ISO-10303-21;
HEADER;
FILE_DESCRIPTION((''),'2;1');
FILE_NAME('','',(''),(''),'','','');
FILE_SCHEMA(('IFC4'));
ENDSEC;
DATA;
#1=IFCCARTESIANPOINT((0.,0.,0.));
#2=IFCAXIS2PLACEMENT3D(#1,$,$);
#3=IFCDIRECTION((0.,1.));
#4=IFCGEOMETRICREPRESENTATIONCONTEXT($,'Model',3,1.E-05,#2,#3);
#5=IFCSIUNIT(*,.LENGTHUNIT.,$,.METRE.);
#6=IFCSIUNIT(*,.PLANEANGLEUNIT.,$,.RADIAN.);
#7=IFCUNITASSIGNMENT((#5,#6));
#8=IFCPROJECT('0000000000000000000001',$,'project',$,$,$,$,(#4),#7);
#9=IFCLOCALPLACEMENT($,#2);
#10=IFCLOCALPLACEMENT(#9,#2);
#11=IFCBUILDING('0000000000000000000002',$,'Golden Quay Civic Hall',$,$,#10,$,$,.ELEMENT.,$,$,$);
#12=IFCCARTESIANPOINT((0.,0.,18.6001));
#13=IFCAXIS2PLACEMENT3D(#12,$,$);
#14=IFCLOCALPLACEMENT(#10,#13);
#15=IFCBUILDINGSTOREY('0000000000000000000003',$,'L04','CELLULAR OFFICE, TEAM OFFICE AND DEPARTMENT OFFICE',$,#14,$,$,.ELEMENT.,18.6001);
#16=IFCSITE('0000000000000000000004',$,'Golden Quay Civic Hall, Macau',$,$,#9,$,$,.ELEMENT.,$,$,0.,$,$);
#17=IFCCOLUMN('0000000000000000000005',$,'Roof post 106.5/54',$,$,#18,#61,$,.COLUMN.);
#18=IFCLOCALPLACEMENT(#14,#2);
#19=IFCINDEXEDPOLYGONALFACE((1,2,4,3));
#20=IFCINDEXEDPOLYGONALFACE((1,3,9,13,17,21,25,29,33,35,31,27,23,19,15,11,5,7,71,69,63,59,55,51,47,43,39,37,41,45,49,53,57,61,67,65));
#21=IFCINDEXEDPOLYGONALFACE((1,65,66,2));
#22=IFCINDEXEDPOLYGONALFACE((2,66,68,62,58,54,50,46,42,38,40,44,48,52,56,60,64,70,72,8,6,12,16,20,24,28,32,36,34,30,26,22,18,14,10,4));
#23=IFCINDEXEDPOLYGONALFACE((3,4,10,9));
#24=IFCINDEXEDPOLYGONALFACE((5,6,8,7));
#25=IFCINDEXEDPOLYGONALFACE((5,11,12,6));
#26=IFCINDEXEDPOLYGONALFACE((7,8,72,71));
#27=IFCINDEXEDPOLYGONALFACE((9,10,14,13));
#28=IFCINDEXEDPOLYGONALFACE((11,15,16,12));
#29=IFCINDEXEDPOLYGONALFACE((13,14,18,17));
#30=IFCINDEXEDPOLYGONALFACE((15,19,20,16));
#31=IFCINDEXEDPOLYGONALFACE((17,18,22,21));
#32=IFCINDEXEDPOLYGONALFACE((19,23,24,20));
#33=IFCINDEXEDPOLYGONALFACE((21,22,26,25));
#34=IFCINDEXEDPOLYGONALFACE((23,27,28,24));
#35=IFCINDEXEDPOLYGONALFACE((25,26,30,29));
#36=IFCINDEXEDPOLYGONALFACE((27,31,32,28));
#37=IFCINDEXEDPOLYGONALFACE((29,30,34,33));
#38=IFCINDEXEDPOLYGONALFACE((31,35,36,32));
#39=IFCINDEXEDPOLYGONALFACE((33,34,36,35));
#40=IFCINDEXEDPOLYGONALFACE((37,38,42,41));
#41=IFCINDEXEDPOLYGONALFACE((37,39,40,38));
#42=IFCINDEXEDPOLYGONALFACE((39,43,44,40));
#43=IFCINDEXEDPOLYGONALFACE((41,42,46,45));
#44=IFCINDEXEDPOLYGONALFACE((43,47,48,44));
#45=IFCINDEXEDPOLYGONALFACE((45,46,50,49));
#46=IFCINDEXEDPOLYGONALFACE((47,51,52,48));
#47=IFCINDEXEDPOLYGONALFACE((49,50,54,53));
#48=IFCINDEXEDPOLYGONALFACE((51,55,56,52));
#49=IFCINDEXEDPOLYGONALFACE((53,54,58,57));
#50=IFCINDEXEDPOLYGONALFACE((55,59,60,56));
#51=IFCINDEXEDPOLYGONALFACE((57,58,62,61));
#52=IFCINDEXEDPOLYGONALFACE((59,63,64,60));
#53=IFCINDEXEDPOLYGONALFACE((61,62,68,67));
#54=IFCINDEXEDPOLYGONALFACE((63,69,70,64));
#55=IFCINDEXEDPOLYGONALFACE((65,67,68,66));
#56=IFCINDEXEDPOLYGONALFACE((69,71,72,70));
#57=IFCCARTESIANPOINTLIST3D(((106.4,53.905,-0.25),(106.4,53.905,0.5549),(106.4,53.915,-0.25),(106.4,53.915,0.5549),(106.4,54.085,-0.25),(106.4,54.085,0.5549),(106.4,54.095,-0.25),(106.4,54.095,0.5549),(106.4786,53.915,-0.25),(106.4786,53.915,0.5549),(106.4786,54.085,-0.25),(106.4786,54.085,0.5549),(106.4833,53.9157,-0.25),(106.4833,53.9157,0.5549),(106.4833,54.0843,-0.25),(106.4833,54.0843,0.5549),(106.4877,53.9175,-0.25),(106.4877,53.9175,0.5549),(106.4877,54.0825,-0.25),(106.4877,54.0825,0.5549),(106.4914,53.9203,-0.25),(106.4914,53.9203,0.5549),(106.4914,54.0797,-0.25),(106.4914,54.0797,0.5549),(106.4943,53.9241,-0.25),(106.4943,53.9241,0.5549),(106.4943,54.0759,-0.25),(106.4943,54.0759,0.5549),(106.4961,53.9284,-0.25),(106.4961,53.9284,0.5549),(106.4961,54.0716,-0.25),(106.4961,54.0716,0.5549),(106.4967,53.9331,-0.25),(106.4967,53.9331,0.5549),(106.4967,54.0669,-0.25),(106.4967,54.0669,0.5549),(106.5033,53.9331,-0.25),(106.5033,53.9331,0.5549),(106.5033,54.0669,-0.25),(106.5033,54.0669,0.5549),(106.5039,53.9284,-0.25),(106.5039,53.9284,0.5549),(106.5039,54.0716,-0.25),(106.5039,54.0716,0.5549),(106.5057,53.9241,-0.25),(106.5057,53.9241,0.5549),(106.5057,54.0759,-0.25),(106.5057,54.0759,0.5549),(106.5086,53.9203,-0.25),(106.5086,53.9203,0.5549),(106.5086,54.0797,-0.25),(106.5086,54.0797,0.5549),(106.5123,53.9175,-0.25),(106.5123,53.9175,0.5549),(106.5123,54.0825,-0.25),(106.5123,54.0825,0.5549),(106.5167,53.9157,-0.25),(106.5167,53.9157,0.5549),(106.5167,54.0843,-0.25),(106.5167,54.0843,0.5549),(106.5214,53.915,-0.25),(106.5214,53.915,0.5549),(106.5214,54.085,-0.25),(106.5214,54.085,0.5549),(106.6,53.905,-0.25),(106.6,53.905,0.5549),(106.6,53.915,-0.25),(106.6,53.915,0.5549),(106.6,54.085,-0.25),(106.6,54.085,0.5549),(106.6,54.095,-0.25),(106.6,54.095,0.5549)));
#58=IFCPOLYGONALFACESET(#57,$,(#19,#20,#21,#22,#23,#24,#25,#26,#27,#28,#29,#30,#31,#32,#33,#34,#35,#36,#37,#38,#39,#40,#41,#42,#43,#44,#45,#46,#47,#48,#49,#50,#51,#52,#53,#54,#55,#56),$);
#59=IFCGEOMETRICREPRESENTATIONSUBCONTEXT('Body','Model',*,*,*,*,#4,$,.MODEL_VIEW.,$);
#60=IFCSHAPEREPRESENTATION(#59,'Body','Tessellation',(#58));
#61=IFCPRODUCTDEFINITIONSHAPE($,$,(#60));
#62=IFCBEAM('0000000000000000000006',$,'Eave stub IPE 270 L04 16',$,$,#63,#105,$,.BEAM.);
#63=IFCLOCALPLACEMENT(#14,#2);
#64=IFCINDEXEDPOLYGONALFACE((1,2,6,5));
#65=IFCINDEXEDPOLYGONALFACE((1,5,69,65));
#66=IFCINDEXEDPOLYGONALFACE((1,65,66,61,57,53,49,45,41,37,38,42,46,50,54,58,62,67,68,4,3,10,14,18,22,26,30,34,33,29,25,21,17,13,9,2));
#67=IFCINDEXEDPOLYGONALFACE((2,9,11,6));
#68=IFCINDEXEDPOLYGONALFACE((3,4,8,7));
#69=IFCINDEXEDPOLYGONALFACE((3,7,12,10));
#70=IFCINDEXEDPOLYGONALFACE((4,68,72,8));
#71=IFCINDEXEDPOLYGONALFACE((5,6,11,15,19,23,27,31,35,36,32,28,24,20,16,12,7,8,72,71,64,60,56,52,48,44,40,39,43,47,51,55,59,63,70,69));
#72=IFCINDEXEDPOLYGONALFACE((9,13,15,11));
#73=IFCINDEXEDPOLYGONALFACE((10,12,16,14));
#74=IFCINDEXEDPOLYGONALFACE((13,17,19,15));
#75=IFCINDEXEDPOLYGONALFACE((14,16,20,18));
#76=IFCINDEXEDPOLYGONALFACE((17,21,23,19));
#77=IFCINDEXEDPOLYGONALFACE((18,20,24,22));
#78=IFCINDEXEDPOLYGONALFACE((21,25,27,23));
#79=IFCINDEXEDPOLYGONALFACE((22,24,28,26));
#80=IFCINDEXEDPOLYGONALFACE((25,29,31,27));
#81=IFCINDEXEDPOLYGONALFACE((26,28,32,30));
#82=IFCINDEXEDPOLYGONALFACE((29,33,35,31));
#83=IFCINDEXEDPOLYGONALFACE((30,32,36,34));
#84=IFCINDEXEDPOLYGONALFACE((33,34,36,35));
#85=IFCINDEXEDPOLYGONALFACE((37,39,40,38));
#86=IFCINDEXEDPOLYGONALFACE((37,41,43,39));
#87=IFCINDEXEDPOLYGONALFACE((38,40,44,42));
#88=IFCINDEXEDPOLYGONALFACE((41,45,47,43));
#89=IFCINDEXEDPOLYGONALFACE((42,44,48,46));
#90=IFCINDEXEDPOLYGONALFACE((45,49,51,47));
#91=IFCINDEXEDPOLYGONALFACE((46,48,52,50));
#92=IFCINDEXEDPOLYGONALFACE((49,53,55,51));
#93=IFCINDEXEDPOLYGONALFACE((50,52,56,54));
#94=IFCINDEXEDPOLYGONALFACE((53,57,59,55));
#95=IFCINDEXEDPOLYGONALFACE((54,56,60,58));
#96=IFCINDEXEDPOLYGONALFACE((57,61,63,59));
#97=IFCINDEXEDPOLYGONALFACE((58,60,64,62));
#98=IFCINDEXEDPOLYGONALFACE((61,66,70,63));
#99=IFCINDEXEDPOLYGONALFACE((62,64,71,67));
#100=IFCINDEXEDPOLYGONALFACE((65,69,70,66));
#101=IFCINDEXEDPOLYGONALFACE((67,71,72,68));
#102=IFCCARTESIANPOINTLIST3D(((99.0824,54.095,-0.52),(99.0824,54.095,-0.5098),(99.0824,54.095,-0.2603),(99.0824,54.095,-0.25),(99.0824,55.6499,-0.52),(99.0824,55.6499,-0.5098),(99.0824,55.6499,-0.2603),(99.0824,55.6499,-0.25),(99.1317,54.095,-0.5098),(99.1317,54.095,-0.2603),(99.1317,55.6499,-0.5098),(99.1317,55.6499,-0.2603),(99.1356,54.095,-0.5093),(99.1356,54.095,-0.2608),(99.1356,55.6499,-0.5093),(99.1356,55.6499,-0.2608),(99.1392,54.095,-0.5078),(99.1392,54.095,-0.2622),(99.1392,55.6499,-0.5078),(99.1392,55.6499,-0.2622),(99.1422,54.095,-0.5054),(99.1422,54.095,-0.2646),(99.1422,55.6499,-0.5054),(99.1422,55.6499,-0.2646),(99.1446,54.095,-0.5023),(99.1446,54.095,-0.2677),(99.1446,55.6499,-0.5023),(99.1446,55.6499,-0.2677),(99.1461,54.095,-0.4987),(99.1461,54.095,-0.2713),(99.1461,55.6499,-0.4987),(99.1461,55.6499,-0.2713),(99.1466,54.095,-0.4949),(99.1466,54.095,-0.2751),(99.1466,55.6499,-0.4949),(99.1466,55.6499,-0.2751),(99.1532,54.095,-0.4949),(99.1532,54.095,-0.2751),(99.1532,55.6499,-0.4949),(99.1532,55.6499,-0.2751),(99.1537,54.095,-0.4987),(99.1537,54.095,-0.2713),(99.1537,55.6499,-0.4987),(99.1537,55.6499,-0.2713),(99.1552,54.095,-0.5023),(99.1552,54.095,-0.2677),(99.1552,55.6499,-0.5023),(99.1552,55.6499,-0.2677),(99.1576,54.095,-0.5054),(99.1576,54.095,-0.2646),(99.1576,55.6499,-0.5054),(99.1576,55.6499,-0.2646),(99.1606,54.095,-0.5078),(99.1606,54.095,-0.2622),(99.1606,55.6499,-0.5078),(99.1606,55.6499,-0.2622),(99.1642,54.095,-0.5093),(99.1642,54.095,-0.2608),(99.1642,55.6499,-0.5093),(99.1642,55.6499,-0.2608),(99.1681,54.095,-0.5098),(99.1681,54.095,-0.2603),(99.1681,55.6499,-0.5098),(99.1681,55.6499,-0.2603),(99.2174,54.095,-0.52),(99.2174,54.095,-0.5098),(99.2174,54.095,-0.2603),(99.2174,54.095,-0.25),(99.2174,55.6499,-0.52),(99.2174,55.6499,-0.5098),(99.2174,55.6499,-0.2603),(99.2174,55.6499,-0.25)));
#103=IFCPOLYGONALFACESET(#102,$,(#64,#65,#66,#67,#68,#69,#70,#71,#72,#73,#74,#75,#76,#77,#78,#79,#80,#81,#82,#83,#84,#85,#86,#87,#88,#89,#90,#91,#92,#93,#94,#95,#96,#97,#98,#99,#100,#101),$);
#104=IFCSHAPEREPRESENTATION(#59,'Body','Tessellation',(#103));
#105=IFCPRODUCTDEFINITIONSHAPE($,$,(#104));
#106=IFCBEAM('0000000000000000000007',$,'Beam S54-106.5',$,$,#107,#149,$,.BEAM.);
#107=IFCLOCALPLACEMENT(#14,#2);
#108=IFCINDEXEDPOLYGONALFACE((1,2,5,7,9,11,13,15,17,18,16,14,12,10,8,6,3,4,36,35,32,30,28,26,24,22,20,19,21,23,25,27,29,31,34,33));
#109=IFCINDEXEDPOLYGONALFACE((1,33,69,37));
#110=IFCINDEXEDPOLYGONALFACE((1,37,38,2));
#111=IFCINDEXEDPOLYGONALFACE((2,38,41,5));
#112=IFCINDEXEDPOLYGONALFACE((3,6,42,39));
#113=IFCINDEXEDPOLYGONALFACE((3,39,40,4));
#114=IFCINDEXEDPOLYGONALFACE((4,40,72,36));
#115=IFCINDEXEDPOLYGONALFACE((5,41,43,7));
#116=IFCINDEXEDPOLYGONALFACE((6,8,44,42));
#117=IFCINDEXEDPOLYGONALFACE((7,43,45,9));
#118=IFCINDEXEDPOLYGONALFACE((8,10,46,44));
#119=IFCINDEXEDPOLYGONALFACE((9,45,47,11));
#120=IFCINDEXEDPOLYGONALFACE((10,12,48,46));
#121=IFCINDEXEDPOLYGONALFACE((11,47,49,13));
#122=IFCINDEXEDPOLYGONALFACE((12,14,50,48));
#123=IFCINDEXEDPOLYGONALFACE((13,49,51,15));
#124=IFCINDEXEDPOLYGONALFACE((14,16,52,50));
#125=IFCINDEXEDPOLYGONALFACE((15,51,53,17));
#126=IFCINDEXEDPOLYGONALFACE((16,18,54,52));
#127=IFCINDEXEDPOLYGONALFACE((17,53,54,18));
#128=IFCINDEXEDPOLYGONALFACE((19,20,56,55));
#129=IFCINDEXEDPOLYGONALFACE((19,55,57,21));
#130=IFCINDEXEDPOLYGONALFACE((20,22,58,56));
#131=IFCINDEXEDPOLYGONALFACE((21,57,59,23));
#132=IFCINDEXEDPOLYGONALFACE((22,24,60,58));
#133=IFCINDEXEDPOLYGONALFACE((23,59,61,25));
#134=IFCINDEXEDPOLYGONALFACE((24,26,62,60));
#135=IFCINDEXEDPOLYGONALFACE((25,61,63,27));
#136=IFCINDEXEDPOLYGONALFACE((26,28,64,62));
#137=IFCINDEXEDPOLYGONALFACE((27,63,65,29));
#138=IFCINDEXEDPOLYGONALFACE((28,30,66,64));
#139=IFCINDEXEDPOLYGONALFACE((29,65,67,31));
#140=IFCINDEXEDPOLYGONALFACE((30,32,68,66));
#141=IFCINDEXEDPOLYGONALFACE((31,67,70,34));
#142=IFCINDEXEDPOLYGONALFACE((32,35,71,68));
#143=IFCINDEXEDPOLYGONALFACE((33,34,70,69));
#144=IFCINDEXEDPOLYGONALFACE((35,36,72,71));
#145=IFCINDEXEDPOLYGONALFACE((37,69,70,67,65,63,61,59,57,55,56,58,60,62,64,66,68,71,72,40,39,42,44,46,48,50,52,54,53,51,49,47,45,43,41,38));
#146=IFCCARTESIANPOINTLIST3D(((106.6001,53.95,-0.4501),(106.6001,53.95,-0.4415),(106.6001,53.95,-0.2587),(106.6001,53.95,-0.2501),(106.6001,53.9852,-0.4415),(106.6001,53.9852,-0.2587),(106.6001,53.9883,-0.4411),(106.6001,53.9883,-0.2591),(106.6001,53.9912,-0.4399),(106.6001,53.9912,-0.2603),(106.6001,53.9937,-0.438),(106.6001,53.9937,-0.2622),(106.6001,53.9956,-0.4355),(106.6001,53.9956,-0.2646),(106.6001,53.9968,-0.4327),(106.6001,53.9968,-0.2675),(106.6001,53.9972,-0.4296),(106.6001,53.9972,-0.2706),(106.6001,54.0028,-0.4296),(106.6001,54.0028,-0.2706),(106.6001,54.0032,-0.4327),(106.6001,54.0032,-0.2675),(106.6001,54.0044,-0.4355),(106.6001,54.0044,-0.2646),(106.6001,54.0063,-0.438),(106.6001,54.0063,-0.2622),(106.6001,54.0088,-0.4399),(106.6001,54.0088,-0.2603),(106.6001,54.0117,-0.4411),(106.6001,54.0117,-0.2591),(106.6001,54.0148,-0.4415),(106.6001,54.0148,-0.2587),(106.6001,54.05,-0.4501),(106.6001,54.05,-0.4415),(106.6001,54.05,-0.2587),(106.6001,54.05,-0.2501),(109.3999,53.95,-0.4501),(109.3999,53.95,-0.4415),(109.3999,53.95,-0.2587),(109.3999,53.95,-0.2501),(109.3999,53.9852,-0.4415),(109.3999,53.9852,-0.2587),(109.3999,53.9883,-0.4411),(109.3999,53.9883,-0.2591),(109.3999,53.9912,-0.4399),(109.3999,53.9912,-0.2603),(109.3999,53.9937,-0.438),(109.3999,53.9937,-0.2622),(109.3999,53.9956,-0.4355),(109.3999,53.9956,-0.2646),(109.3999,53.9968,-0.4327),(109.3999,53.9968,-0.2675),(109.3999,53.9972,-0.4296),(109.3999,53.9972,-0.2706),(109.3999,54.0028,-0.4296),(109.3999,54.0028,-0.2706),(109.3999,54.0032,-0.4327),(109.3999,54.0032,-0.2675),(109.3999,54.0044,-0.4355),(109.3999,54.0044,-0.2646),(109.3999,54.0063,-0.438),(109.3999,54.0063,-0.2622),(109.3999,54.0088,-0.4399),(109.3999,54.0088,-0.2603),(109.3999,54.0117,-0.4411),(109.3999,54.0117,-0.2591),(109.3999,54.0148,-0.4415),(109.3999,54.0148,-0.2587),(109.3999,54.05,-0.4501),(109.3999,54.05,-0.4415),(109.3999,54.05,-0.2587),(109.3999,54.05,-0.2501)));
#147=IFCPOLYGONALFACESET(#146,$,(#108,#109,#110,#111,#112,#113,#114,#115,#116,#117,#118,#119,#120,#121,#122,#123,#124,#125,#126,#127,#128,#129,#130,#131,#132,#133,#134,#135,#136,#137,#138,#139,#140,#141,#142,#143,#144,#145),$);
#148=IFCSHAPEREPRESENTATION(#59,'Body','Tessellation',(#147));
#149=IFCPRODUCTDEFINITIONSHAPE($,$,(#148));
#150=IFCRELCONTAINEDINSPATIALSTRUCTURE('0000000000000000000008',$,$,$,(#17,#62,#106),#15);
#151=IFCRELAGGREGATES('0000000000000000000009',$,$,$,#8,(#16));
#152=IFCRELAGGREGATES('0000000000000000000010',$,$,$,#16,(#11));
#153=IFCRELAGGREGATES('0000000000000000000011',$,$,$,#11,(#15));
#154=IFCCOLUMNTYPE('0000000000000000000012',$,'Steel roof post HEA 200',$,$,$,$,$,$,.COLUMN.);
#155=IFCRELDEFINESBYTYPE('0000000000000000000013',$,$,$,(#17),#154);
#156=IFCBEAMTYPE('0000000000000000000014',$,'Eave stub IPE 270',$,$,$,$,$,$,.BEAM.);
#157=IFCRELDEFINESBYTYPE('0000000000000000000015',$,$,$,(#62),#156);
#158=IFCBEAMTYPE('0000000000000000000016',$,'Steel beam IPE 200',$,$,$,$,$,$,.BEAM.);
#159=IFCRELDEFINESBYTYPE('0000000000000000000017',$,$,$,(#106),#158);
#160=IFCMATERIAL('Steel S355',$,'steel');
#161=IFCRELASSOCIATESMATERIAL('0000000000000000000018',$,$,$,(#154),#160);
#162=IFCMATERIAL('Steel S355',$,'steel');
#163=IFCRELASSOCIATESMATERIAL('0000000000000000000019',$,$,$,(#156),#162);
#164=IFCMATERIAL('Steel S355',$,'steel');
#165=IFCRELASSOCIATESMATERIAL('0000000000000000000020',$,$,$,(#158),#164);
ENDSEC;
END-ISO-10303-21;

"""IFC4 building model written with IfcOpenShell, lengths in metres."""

from ifc_helpers import new_model, si_unit, direction, frame, origin, origin_2d, place, context, subcontext, project, spatial, i_section, extrude, material, material_profile, profile_set, type_object, element, save


model = new_model("IFC4")

# Units and contexts
model_context = context("Model", 3, precision=1e-05, world=origin(), true_north=direction((0.0, 1.0)))
body_context = subcontext(model_context, "Body", "Model", "MODEL_VIEW")
ifc_project = project(units=[si_unit("LENGTHUNIT", "METRE"), si_unit("PLANEANGLEUNIT", "RADIAN")], contexts=[model_context])

# Site, building, storey
site_placement = place(None, origin())
site = spatial("IfcSite", under=ifc_project, at=site_placement, Name="Golden Quay Civic Hall, Macau", CompositionType="ELEMENT", RefElevation=0.0)
building_placement = place(site_placement, origin())
building = spatial("IfcBuilding", under=site, at=building_placement, Name="Golden Quay Civic Hall", CompositionType="ELEMENT")
storey_placement = place(building_placement, frame((0.0, 0.0, 18.6001)))
storey = spatial("IfcBuildingStorey", under=building, at=storey_placement, Name="L04", Description="CELLULAR OFFICE, TEAM OFFICE AND DEPARTMENT OFFICE", CompositionType="ELEMENT", Elevation=18.6001)

# Column
ifc_material_1 = material(Name="Steel S355", Category="steel")
ifc_material_profile_1 = material_profile(ifc_material_1, i_section(OverallWidth=0.2, OverallDepth=0.1899, WebThickness=0.0066, FlangeThickness=0.01, FilletRadius=0.0181, at=origin_2d()), Name="HEA 200")
ifc_profile_set_1 = profile_set([ifc_material_profile_1], Name="Steel S355")
column_type = type_object("IfcColumnType", Name="Steel roof post HEA 200", PredefinedType="COLUMN", material=ifc_profile_set_1)
column_placement = place(storey_placement, frame((106.5, 54.0, -0.25), z_axis=(0.0, 0.0, 1.0), x_axis=(1.0, 0.0, 0.0)))
element("IfcColumn", 1, at=column_placement, inside=storey, type_object=column_type, Name="Roof post 106.5/54", PredefinedType="COLUMN", context=body_context, shape_type="SweptSolid", body=[
    extrude(i_section(OverallWidth=0.2, OverallDepth=0.1899, WebThickness=0.0066, FlangeThickness=0.01, FilletRadius=0.0181, at=origin_2d()), origin(), (0.0, 0.0, 1.0), 0.8049),
])

# Beams
ifc_material_2 = material(Name="Steel S355", Category="steel")
ifc_material_profile_2 = material_profile(ifc_material_2, i_section(OverallWidth=0.135, OverallDepth=0.27, WebThickness=0.0066, FlangeThickness=0.0103, FilletRadius=0.0149, at=origin_2d()), Name="IPE 270")
ifc_profile_set_2 = profile_set([ifc_material_profile_2], Name="Steel S355")
beam_type_1 = type_object("IfcBeamType", Name="Eave stub IPE 270", PredefinedType="BEAM", material=ifc_profile_set_2)
beam_1_placement = place(storey_placement, frame((99.1499, 54.095, -0.385), z_axis=(0.0, 1.0, 0.0), x_axis=(-1.0, 0.0, 0.0)))
element("IfcBeam", 2, at=beam_1_placement, inside=storey, type_object=beam_type_1, Name="Eave stub IPE 270 L04 16", PredefinedType="BEAM", context=body_context, shape_type="SweptSolid", body=[
    extrude(i_section(OverallWidth=0.135, OverallDepth=0.27, WebThickness=0.0066, FlangeThickness=0.0103, FilletRadius=0.0149, at=origin_2d()), origin(), (0.0, 0.0, 1.0), 1.5549),
])
ifc_material_3 = material(Name="Steel S355", Category="steel")
ifc_material_profile_3 = material_profile(ifc_material_3, i_section(OverallWidth=0.1001, OverallDepth=0.2, WebThickness=0.0056, FlangeThickness=0.0085, FilletRadius=0.012, at=origin_2d()), Name="IPE 200")
ifc_profile_set_3 = profile_set([ifc_material_profile_3], Name="Steel S355")
beam_type_2 = type_object("IfcBeamType", Name="Steel beam IPE 200", PredefinedType="BEAM", material=ifc_profile_set_3)
beam_2_placement = place(storey_placement, frame((106.6001, 54.0, -0.3501), z_axis=(1.0, 0.0, 0.0), x_axis=(0.0, 1.0, 0.0)))
element("IfcBeam", 3, at=beam_2_placement, inside=storey, type_object=beam_type_2, Name="Beam S54-106.5", PredefinedType="BEAM", context=body_context, shape_type="SweptSolid", body=[
    extrude(i_section(OverallWidth=0.1001, OverallDepth=0.2, WebThickness=0.0056, FlangeThickness=0.0085, FilletRadius=0.012, at=origin_2d()), origin(), (0.0, 0.0, 1.0), 2.7998),
])

save(model, "model.ifc")
